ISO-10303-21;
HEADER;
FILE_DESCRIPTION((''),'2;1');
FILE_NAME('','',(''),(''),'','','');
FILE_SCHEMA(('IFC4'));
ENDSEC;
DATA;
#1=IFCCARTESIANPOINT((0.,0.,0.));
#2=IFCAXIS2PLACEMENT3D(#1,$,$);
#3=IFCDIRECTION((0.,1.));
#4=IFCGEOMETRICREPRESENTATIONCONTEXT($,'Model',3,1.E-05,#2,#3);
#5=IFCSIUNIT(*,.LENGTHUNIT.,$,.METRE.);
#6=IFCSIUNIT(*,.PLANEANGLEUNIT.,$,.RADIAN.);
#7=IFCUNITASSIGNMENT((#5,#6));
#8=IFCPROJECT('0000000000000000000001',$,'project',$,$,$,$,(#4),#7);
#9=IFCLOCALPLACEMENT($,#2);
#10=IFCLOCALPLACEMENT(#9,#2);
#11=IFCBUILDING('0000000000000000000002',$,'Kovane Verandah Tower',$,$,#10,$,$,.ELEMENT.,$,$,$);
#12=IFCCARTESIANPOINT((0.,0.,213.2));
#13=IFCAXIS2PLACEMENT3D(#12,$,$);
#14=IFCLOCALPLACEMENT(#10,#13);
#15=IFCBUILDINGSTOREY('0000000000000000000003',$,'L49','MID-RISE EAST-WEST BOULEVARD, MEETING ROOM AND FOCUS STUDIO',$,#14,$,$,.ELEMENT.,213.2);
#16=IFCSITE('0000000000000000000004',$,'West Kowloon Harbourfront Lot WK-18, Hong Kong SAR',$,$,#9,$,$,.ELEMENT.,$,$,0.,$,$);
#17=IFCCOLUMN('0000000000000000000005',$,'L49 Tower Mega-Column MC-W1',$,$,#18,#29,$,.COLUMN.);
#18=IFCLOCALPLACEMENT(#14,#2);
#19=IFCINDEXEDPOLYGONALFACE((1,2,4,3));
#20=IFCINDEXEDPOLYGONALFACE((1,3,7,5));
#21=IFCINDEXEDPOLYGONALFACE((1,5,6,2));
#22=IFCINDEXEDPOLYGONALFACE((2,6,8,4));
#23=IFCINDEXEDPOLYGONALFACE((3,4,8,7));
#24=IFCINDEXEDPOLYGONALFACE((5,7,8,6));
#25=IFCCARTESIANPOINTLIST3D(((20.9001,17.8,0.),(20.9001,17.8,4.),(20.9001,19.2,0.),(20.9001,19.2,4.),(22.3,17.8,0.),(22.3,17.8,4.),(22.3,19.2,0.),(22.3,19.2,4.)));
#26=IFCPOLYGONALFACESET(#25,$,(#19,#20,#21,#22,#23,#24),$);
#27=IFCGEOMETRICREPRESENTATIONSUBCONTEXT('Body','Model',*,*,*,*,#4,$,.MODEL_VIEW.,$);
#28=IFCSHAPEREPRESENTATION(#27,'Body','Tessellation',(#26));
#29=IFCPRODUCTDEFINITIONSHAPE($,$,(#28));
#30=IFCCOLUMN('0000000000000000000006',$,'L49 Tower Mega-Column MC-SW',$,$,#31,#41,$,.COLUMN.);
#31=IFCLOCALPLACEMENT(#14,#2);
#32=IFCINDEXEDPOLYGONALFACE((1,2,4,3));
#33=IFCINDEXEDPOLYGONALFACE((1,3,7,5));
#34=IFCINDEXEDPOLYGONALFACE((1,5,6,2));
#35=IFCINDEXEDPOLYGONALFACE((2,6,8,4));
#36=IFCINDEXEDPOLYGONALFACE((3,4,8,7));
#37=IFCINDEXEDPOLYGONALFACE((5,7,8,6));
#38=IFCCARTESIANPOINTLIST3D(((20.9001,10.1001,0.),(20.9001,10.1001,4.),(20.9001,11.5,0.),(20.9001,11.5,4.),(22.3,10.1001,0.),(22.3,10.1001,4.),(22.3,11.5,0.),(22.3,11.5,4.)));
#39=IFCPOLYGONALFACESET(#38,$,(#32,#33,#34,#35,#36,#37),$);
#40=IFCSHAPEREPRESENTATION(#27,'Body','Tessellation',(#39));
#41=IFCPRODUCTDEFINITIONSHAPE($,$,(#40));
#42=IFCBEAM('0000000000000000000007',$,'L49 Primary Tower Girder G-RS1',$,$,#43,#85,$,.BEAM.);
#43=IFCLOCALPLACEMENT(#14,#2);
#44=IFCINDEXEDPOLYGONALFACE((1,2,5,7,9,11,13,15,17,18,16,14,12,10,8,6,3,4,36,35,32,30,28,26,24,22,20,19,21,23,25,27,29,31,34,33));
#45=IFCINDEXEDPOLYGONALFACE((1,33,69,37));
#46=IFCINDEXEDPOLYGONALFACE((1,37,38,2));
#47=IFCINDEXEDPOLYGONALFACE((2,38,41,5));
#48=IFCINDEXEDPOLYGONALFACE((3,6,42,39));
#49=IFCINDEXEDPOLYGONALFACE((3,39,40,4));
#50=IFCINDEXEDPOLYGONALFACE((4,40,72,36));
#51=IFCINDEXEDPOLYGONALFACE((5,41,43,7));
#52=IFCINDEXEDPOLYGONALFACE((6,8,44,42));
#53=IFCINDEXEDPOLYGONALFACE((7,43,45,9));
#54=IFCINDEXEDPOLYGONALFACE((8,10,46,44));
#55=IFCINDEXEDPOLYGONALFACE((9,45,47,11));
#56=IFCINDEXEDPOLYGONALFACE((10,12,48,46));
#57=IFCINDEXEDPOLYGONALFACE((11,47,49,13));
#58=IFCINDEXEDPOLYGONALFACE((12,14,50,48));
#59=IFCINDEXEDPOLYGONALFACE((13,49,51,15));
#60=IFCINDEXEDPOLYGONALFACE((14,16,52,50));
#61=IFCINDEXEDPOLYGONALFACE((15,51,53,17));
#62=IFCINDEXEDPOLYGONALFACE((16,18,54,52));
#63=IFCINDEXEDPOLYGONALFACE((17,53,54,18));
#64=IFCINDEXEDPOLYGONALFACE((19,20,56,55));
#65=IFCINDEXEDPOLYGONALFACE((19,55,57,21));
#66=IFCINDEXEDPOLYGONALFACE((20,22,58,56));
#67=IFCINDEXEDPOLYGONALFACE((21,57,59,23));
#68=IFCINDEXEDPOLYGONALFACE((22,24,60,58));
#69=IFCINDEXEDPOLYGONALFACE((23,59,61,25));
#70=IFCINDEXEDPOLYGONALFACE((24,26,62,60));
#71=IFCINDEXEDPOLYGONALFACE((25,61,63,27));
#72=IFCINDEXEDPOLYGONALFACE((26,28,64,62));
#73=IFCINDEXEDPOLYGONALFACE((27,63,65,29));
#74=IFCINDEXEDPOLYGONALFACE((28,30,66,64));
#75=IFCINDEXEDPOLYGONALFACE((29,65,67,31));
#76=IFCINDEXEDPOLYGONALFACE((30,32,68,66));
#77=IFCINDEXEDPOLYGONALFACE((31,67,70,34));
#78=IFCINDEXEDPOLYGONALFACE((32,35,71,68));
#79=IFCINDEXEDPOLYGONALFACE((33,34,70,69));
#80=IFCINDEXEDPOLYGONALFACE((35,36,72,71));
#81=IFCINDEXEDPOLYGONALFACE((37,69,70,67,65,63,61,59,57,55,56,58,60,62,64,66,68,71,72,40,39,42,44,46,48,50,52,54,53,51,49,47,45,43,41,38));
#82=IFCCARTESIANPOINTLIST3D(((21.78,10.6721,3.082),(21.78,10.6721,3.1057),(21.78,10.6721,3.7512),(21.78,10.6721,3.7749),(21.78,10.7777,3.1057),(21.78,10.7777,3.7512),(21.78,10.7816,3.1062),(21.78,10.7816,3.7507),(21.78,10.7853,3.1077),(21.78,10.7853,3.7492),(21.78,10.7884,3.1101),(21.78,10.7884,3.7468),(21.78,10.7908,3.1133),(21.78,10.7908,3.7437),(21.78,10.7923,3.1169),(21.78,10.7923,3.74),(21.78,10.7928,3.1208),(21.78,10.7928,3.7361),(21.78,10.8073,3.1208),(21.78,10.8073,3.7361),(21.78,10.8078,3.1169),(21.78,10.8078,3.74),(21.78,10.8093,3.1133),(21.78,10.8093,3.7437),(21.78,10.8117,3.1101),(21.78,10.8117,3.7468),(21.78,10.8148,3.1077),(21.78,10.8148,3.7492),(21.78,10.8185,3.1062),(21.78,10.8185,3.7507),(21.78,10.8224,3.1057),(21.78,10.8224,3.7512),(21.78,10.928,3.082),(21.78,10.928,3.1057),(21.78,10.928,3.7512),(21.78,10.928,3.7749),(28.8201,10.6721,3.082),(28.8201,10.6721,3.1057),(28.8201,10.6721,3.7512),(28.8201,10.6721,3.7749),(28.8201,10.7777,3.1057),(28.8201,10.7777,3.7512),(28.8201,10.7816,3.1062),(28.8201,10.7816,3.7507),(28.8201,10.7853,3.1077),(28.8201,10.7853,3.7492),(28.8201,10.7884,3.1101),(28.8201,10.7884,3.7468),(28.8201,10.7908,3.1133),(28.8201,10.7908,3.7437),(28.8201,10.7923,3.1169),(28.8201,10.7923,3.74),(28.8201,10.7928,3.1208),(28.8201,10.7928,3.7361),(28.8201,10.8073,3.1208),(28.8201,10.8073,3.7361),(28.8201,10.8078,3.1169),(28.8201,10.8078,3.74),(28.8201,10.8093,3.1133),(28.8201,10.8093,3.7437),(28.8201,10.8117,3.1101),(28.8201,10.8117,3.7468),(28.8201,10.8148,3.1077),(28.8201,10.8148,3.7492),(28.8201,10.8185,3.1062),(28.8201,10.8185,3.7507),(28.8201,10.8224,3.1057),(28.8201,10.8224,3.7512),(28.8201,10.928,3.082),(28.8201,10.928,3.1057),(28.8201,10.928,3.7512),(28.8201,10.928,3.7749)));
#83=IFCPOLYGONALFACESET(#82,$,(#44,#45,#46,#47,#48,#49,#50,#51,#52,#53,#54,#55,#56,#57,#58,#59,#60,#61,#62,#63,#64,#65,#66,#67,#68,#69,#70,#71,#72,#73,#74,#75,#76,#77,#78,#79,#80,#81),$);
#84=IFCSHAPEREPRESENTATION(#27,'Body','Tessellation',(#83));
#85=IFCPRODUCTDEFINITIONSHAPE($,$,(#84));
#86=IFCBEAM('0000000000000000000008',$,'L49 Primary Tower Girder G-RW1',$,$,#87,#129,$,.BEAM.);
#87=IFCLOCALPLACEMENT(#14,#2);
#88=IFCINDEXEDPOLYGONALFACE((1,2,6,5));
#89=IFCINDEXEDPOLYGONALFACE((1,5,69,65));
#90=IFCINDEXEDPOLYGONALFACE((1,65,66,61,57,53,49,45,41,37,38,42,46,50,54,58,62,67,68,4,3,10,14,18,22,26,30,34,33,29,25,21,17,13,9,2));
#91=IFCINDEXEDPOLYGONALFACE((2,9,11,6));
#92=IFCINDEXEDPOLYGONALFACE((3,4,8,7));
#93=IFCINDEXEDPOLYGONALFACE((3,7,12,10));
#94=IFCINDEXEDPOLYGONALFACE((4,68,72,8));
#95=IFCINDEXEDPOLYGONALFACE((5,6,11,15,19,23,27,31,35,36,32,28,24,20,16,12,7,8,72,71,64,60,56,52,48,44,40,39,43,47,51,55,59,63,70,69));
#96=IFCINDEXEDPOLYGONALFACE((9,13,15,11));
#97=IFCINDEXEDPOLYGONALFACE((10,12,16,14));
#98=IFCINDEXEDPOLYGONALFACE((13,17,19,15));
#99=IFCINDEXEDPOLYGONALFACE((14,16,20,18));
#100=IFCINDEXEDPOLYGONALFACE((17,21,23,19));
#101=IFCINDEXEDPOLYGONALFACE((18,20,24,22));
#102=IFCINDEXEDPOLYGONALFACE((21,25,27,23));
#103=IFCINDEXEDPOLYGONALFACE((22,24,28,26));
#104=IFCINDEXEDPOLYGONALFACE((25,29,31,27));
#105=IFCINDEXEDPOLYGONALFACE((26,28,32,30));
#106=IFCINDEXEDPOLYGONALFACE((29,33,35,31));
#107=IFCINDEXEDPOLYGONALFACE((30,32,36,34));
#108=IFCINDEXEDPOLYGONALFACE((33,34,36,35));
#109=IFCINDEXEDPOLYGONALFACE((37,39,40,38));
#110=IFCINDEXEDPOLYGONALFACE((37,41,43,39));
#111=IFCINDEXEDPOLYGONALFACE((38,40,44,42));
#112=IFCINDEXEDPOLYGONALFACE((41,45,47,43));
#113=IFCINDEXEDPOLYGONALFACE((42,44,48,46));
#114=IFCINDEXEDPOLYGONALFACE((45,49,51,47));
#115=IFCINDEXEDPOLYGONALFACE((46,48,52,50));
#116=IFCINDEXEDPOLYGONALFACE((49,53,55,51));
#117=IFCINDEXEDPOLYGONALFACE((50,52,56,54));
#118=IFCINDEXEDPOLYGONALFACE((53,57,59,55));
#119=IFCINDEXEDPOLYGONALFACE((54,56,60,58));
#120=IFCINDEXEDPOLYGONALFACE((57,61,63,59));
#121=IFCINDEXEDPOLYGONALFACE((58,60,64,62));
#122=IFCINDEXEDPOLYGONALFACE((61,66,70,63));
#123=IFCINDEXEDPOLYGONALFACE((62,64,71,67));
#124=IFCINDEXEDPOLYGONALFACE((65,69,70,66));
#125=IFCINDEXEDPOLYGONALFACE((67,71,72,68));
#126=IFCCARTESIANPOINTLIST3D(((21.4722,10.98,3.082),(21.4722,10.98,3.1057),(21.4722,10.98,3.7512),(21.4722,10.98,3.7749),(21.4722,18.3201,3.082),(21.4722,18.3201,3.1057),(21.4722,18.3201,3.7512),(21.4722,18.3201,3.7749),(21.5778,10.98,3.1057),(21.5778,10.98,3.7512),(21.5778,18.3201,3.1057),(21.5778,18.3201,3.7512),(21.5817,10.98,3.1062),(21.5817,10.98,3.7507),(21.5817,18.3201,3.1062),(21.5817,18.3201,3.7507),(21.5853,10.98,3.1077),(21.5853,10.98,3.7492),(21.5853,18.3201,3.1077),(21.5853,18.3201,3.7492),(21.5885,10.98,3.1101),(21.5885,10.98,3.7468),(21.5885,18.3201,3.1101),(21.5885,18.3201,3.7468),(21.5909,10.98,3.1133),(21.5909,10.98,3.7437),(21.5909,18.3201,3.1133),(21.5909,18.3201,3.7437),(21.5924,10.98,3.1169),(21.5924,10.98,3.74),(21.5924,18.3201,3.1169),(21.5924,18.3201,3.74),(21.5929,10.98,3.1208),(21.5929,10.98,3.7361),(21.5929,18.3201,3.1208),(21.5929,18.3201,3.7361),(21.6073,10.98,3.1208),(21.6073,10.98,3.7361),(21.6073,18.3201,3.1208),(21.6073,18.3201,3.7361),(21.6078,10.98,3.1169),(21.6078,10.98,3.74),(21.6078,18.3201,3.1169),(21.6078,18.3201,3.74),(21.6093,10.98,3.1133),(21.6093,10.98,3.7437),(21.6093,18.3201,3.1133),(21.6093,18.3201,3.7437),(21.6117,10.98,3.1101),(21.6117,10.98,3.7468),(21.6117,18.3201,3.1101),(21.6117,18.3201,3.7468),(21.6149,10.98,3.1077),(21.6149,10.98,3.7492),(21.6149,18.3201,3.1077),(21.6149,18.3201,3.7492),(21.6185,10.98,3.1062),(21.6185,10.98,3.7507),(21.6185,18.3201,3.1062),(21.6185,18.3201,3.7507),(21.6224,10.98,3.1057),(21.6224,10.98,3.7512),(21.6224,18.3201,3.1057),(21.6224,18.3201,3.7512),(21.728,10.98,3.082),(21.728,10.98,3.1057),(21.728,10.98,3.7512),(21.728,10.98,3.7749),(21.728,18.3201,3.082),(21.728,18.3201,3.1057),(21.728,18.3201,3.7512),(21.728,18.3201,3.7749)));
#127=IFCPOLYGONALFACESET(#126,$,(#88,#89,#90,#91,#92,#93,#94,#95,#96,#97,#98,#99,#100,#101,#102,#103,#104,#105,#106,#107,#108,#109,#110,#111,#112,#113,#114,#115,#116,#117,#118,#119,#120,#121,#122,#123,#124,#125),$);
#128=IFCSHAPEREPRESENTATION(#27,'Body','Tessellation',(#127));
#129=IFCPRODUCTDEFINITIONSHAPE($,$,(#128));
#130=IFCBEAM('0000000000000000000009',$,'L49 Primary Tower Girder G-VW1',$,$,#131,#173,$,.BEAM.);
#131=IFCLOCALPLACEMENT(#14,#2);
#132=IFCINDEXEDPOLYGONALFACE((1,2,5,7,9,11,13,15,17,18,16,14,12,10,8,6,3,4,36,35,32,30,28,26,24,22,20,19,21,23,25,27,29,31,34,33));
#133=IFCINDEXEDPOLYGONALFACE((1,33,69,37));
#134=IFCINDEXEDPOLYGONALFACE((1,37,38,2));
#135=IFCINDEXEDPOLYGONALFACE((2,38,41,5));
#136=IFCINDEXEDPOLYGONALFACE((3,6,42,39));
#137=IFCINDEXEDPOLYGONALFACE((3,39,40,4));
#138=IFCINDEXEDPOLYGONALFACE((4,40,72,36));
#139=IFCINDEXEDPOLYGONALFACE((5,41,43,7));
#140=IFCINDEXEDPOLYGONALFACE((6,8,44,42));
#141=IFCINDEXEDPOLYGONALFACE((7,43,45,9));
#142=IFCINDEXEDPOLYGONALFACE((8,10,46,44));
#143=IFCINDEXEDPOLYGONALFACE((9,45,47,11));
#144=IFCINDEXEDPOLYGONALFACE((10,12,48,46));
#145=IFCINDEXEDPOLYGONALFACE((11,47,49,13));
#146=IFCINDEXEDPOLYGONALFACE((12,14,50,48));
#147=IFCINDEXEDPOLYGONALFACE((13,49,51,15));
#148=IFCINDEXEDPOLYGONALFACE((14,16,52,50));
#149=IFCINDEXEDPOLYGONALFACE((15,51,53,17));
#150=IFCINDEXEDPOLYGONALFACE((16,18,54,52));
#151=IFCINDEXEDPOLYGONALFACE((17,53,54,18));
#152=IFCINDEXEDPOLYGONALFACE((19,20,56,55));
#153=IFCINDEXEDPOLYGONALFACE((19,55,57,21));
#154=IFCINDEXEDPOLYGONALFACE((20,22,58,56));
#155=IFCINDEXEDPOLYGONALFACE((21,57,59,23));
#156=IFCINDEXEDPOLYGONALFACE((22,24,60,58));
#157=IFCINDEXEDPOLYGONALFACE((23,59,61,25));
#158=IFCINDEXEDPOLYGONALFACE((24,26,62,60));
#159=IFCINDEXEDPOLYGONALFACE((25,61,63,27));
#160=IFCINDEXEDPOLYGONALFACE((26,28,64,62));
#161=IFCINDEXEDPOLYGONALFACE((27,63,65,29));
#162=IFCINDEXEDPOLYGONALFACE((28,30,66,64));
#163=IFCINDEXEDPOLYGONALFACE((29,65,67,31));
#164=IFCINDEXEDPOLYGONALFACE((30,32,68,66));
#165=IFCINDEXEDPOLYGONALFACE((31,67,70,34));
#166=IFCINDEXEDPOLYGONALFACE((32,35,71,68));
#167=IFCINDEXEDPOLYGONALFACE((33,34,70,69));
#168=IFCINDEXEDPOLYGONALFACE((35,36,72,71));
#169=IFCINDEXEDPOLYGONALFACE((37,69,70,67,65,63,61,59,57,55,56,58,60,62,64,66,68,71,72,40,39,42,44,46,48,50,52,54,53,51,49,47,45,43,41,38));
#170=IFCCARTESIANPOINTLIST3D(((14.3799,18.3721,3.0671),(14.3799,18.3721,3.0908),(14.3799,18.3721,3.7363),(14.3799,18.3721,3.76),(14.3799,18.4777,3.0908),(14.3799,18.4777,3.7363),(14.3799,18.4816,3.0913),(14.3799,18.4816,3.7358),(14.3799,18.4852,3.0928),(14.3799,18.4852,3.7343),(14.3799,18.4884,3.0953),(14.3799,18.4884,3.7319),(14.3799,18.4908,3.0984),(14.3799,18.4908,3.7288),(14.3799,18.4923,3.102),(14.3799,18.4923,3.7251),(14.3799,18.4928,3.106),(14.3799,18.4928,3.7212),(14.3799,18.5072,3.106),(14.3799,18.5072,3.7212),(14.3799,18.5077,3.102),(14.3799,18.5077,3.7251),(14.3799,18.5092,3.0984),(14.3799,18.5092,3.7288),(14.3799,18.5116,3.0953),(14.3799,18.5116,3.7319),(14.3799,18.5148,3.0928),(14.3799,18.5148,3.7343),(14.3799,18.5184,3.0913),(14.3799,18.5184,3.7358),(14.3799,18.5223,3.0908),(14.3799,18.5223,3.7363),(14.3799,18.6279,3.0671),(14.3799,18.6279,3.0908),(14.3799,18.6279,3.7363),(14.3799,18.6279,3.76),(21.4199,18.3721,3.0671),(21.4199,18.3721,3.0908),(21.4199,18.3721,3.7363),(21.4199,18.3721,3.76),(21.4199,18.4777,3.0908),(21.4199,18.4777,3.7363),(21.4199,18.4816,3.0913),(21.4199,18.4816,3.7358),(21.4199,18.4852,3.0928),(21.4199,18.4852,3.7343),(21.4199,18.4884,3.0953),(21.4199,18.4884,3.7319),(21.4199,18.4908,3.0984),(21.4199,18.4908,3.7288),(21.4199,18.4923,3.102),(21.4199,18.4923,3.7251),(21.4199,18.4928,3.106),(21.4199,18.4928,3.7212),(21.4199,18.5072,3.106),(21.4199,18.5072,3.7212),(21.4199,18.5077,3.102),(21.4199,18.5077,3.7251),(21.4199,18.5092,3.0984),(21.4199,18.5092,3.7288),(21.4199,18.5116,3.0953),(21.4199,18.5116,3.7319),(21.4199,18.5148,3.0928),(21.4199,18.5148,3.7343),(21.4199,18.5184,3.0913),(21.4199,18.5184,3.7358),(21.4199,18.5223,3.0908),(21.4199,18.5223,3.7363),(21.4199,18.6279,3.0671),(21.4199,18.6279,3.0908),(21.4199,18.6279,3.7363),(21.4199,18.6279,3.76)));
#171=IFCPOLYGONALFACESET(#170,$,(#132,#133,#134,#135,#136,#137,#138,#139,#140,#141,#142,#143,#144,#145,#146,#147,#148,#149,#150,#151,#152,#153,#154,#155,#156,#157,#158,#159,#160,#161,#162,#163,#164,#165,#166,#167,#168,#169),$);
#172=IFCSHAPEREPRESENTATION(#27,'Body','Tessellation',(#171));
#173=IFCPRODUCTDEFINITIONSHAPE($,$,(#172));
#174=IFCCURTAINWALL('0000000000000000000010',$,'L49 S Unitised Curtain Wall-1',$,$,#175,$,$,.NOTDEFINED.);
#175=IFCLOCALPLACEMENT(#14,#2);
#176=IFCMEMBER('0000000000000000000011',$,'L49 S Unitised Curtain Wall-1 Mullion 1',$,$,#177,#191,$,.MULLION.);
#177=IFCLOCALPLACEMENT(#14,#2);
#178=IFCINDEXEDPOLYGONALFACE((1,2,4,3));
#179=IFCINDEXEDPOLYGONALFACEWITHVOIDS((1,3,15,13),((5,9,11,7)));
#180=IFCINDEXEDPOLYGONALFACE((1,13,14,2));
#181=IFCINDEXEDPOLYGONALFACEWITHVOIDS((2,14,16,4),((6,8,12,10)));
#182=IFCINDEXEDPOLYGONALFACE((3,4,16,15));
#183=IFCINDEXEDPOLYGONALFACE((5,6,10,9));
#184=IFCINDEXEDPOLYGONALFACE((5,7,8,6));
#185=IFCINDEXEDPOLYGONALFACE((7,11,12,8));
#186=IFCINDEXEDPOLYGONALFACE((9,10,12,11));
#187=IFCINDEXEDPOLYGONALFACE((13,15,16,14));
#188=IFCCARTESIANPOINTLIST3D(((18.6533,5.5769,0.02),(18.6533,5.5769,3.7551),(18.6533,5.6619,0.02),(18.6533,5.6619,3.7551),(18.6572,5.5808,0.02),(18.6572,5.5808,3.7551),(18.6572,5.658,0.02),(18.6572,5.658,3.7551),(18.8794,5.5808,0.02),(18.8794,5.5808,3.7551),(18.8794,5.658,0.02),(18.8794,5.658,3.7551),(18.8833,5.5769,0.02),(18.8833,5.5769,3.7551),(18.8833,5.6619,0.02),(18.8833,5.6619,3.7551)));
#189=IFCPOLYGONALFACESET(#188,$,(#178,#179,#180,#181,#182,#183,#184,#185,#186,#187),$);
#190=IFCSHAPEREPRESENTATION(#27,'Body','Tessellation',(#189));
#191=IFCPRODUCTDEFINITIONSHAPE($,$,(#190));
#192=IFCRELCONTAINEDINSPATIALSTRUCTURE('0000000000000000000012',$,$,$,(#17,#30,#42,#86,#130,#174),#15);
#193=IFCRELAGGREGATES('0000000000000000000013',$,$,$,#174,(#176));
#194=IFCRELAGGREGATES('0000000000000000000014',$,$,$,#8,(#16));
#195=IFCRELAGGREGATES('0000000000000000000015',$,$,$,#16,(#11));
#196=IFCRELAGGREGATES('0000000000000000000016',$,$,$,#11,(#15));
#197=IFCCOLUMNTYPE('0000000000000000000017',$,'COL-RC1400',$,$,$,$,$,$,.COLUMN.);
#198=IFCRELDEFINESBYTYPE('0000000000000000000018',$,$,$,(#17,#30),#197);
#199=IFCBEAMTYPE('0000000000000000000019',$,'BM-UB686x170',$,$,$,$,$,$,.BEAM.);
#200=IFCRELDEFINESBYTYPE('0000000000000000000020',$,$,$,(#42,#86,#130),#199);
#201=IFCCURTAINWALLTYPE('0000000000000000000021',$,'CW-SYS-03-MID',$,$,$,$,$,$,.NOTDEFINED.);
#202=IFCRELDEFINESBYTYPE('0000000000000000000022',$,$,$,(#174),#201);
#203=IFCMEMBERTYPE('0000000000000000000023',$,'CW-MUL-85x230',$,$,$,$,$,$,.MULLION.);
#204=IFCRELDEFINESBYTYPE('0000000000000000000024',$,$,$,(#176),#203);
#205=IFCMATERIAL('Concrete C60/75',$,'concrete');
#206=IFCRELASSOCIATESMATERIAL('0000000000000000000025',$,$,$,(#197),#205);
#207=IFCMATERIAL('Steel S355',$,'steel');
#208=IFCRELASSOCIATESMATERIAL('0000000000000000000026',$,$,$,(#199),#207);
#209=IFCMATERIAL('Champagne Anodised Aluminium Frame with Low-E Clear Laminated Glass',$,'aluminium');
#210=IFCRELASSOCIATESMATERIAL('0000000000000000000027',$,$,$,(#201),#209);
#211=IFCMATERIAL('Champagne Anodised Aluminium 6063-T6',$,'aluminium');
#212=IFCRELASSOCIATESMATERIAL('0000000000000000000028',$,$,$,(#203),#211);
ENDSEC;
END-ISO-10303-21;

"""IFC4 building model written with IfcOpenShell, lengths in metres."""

from ifc_helpers import new_model, si_unit, direction, frame, origin, origin_2d, place, context, subcontext, project, spatial, rectangle, hollow_rectangle, i_section, extrude, material, material_profile, profile_set, type_object, element, aggregate, save


model = new_model("IFC4")

# Units and contexts
model_context = context("Model", 3, precision=1e-05, world=origin(), true_north=direction((0.0, 1.0)))
body_context = subcontext(model_context, "Body", "Model", "MODEL_VIEW")
ifc_project = project(units=[si_unit("LENGTHUNIT", "METRE"), si_unit("PLANEANGLEUNIT", "RADIAN")], contexts=[model_context])

# Site, building, storey
site_placement = place(None, origin())
site = spatial("IfcSite", under=ifc_project, at=site_placement, Name="West Kowloon Harbourfront Lot WK-18, Hong Kong SAR", CompositionType="ELEMENT", RefElevation=0.0)
building_placement = place(site_placement, origin())
building = spatial("IfcBuilding", under=site, at=building_placement, Name="Kovane Verandah Tower", CompositionType="ELEMENT")
storey_placement = place(building_placement, frame((0.0, 0.0, 213.2)))
storey = spatial("IfcBuildingStorey", under=building, at=storey_placement, Name="L49", Description="MID-RISE EAST-WEST BOULEVARD, MEETING ROOM AND FOCUS STUDIO", CompositionType="ELEMENT", Elevation=213.2)

# Columns
ifc_material_1 = material(Name="Concrete C60/75", Category="concrete")
ifc_material_profile_1 = material_profile(ifc_material_1, rectangle(XDim=1.3999, YDim=1.3999, at=origin_2d()), Name="RC1400x1400")
ifc_profile_set_1 = profile_set([ifc_material_profile_1], Name="Concrete C60/75")
column_type = type_object("IfcColumnType", Name="COL-RC1400", PredefinedType="COLUMN", material=ifc_profile_set_1)
for number, where, z_axis, x_axis, name in (
    (1, (21.6001, 18.5, 0.0), (0.0, 0.0, 1.0), (1.0, 0.0, 0.0), "L49 Tower Mega-Column MC-W1"),
    (2, (21.6001, 10.8, 0.0), (0.0, 0.0, 1.0), (1.0, 0.0, 0.0), "L49 Tower Mega-Column MC-SW"),
):
    element("IfcColumn", number, at=place(storey_placement, frame(where, z_axis=z_axis, x_axis=x_axis)), inside=storey, type_object=column_type, Name=name, PredefinedType="COLUMN", context=body_context, shape_type="SweptSolid", body=[
        extrude(rectangle(XDim=1.3999, YDim=1.3999, at=origin_2d()), origin(), (0.0, 0.0, 1.0), 4.0),
    ])

# Beams
ifc_material_2 = material(Name="Steel S355", Category="steel")
ifc_material_profile_2 = material_profile(ifc_material_2, i_section(OverallWidth=0.2559, OverallDepth=0.6929, WebThickness=0.0144, FlangeThickness=0.0237, FilletRadius=0.0151, at=origin_2d()), Name="UB686x254x170")
ifc_profile_set_2 = profile_set([ifc_material_profile_2], Name="Steel S355")
beam_type = type_object("IfcBeamType", Name="BM-UB686x170", PredefinedType="BEAM", material=ifc_profile_set_2)
beam_1_placement = place(storey_placement, frame((21.78, 10.8, 3.4285), z_axis=(1.0, 0.0, 0.0), x_axis=(0.0, 1.0, 0.0)))
element("IfcBeam", 3, at=beam_1_placement, inside=storey, type_object=beam_type, Name="L49 Primary Tower Girder G-RS1", PredefinedType="BEAM", context=body_context, shape_type="SweptSolid", body=[
    extrude(i_section(OverallWidth=0.2559, OverallDepth=0.6929, WebThickness=0.0144, FlangeThickness=0.0237, FilletRadius=0.0151, at=origin_2d()), origin(), (0.0, 0.0, 1.0), 7.04),
])
beam_2_placement = place(storey_placement, frame((21.6001, 10.98, 3.4285), z_axis=(0.0, 1.0, 0.0), x_axis=(-1.0, 0.0, 0.0)))
element("IfcBeam", 4, at=beam_2_placement, inside=storey, type_object=beam_type, Name="L49 Primary Tower Girder G-RW1", PredefinedType="BEAM", context=body_context, shape_type="SweptSolid", body=[
    extrude(i_section(OverallWidth=0.2559, OverallDepth=0.6929, WebThickness=0.0144, FlangeThickness=0.0237, FilletRadius=0.0151, at=origin_2d()), origin(), (0.0, 0.0, 1.0), 7.3401),
])
beam_3_placement = place(storey_placement, frame((21.4199, 18.5, 3.4136), z_axis=(-1.0, 0.0, 0.0), x_axis=(0.0, -1.0, 0.0)))
element("IfcBeam", 5, at=beam_3_placement, inside=storey, type_object=beam_type, Name="L49 Primary Tower Girder G-VW1", PredefinedType="BEAM", context=body_context, shape_type="SweptSolid", body=[
    extrude(i_section(OverallWidth=0.2559, OverallDepth=0.6929, WebThickness=0.0144, FlangeThickness=0.0237, FilletRadius=0.0151, at=origin_2d()), origin(), (0.0, 0.0, 1.0), 7.04),
])

# Curtain wall, member
ifc_material_3 = material(Name="Champagne Anodised Aluminium Frame with Low-E Clear Laminated Glass", Category="aluminium")
curtain_wall_type = type_object("IfcCurtainWallType", Name="CW-SYS-03-MID", PredefinedType="NOTDEFINED", material=ifc_material_3)
curtain_wall_1_placement = place(storey_placement, origin())
curtain_wall_1 = element("IfcCurtainWall", 6, at=curtain_wall_1_placement, inside=storey, type_object=curtain_wall_type, Name="L49 S Unitised Curtain Wall-1", PredefinedType="NOTDEFINED")
ifc_material_4 = material(Name="Champagne Anodised Aluminium 6063-T6", Category="aluminium")
ifc_material_profile_3 = material_profile(ifc_material_4, hollow_rectangle(XDim=0.085, YDim=0.23, WallThickness=0.0039, at=origin_2d()), Name="AL85x230x4")
ifc_profile_set_3 = profile_set([ifc_material_profile_3], Name="Champagne Anodised Aluminium 6063-T6")
member_type_1 = type_object("IfcMemberType", Name="CW-MUL-85x230", PredefinedType="MULLION", material=ifc_profile_set_3)
member_1_placement = place(storey_placement, frame((18.7683, 5.6194, 0.02), z_axis=(0.0, 0.0, 1.0), x_axis=(0.0, -1.0, 0.0)))
member_1 = element("IfcMember", 7, at=member_1_placement, type_object=member_type_1, Name="L49 S Unitised Curtain Wall-1 Mullion 1", PredefinedType="MULLION", context=body_context, shape_type="SweptSolid", body=[
    extrude(hollow_rectangle(XDim=0.085, YDim=0.23, WallThickness=0.0039, at=origin_2d()), origin(), (0.0, 0.0, 1.0), 3.7351),
])

aggregate(curtain_wall_1, [member_1])

save(model, "model.ifc")
